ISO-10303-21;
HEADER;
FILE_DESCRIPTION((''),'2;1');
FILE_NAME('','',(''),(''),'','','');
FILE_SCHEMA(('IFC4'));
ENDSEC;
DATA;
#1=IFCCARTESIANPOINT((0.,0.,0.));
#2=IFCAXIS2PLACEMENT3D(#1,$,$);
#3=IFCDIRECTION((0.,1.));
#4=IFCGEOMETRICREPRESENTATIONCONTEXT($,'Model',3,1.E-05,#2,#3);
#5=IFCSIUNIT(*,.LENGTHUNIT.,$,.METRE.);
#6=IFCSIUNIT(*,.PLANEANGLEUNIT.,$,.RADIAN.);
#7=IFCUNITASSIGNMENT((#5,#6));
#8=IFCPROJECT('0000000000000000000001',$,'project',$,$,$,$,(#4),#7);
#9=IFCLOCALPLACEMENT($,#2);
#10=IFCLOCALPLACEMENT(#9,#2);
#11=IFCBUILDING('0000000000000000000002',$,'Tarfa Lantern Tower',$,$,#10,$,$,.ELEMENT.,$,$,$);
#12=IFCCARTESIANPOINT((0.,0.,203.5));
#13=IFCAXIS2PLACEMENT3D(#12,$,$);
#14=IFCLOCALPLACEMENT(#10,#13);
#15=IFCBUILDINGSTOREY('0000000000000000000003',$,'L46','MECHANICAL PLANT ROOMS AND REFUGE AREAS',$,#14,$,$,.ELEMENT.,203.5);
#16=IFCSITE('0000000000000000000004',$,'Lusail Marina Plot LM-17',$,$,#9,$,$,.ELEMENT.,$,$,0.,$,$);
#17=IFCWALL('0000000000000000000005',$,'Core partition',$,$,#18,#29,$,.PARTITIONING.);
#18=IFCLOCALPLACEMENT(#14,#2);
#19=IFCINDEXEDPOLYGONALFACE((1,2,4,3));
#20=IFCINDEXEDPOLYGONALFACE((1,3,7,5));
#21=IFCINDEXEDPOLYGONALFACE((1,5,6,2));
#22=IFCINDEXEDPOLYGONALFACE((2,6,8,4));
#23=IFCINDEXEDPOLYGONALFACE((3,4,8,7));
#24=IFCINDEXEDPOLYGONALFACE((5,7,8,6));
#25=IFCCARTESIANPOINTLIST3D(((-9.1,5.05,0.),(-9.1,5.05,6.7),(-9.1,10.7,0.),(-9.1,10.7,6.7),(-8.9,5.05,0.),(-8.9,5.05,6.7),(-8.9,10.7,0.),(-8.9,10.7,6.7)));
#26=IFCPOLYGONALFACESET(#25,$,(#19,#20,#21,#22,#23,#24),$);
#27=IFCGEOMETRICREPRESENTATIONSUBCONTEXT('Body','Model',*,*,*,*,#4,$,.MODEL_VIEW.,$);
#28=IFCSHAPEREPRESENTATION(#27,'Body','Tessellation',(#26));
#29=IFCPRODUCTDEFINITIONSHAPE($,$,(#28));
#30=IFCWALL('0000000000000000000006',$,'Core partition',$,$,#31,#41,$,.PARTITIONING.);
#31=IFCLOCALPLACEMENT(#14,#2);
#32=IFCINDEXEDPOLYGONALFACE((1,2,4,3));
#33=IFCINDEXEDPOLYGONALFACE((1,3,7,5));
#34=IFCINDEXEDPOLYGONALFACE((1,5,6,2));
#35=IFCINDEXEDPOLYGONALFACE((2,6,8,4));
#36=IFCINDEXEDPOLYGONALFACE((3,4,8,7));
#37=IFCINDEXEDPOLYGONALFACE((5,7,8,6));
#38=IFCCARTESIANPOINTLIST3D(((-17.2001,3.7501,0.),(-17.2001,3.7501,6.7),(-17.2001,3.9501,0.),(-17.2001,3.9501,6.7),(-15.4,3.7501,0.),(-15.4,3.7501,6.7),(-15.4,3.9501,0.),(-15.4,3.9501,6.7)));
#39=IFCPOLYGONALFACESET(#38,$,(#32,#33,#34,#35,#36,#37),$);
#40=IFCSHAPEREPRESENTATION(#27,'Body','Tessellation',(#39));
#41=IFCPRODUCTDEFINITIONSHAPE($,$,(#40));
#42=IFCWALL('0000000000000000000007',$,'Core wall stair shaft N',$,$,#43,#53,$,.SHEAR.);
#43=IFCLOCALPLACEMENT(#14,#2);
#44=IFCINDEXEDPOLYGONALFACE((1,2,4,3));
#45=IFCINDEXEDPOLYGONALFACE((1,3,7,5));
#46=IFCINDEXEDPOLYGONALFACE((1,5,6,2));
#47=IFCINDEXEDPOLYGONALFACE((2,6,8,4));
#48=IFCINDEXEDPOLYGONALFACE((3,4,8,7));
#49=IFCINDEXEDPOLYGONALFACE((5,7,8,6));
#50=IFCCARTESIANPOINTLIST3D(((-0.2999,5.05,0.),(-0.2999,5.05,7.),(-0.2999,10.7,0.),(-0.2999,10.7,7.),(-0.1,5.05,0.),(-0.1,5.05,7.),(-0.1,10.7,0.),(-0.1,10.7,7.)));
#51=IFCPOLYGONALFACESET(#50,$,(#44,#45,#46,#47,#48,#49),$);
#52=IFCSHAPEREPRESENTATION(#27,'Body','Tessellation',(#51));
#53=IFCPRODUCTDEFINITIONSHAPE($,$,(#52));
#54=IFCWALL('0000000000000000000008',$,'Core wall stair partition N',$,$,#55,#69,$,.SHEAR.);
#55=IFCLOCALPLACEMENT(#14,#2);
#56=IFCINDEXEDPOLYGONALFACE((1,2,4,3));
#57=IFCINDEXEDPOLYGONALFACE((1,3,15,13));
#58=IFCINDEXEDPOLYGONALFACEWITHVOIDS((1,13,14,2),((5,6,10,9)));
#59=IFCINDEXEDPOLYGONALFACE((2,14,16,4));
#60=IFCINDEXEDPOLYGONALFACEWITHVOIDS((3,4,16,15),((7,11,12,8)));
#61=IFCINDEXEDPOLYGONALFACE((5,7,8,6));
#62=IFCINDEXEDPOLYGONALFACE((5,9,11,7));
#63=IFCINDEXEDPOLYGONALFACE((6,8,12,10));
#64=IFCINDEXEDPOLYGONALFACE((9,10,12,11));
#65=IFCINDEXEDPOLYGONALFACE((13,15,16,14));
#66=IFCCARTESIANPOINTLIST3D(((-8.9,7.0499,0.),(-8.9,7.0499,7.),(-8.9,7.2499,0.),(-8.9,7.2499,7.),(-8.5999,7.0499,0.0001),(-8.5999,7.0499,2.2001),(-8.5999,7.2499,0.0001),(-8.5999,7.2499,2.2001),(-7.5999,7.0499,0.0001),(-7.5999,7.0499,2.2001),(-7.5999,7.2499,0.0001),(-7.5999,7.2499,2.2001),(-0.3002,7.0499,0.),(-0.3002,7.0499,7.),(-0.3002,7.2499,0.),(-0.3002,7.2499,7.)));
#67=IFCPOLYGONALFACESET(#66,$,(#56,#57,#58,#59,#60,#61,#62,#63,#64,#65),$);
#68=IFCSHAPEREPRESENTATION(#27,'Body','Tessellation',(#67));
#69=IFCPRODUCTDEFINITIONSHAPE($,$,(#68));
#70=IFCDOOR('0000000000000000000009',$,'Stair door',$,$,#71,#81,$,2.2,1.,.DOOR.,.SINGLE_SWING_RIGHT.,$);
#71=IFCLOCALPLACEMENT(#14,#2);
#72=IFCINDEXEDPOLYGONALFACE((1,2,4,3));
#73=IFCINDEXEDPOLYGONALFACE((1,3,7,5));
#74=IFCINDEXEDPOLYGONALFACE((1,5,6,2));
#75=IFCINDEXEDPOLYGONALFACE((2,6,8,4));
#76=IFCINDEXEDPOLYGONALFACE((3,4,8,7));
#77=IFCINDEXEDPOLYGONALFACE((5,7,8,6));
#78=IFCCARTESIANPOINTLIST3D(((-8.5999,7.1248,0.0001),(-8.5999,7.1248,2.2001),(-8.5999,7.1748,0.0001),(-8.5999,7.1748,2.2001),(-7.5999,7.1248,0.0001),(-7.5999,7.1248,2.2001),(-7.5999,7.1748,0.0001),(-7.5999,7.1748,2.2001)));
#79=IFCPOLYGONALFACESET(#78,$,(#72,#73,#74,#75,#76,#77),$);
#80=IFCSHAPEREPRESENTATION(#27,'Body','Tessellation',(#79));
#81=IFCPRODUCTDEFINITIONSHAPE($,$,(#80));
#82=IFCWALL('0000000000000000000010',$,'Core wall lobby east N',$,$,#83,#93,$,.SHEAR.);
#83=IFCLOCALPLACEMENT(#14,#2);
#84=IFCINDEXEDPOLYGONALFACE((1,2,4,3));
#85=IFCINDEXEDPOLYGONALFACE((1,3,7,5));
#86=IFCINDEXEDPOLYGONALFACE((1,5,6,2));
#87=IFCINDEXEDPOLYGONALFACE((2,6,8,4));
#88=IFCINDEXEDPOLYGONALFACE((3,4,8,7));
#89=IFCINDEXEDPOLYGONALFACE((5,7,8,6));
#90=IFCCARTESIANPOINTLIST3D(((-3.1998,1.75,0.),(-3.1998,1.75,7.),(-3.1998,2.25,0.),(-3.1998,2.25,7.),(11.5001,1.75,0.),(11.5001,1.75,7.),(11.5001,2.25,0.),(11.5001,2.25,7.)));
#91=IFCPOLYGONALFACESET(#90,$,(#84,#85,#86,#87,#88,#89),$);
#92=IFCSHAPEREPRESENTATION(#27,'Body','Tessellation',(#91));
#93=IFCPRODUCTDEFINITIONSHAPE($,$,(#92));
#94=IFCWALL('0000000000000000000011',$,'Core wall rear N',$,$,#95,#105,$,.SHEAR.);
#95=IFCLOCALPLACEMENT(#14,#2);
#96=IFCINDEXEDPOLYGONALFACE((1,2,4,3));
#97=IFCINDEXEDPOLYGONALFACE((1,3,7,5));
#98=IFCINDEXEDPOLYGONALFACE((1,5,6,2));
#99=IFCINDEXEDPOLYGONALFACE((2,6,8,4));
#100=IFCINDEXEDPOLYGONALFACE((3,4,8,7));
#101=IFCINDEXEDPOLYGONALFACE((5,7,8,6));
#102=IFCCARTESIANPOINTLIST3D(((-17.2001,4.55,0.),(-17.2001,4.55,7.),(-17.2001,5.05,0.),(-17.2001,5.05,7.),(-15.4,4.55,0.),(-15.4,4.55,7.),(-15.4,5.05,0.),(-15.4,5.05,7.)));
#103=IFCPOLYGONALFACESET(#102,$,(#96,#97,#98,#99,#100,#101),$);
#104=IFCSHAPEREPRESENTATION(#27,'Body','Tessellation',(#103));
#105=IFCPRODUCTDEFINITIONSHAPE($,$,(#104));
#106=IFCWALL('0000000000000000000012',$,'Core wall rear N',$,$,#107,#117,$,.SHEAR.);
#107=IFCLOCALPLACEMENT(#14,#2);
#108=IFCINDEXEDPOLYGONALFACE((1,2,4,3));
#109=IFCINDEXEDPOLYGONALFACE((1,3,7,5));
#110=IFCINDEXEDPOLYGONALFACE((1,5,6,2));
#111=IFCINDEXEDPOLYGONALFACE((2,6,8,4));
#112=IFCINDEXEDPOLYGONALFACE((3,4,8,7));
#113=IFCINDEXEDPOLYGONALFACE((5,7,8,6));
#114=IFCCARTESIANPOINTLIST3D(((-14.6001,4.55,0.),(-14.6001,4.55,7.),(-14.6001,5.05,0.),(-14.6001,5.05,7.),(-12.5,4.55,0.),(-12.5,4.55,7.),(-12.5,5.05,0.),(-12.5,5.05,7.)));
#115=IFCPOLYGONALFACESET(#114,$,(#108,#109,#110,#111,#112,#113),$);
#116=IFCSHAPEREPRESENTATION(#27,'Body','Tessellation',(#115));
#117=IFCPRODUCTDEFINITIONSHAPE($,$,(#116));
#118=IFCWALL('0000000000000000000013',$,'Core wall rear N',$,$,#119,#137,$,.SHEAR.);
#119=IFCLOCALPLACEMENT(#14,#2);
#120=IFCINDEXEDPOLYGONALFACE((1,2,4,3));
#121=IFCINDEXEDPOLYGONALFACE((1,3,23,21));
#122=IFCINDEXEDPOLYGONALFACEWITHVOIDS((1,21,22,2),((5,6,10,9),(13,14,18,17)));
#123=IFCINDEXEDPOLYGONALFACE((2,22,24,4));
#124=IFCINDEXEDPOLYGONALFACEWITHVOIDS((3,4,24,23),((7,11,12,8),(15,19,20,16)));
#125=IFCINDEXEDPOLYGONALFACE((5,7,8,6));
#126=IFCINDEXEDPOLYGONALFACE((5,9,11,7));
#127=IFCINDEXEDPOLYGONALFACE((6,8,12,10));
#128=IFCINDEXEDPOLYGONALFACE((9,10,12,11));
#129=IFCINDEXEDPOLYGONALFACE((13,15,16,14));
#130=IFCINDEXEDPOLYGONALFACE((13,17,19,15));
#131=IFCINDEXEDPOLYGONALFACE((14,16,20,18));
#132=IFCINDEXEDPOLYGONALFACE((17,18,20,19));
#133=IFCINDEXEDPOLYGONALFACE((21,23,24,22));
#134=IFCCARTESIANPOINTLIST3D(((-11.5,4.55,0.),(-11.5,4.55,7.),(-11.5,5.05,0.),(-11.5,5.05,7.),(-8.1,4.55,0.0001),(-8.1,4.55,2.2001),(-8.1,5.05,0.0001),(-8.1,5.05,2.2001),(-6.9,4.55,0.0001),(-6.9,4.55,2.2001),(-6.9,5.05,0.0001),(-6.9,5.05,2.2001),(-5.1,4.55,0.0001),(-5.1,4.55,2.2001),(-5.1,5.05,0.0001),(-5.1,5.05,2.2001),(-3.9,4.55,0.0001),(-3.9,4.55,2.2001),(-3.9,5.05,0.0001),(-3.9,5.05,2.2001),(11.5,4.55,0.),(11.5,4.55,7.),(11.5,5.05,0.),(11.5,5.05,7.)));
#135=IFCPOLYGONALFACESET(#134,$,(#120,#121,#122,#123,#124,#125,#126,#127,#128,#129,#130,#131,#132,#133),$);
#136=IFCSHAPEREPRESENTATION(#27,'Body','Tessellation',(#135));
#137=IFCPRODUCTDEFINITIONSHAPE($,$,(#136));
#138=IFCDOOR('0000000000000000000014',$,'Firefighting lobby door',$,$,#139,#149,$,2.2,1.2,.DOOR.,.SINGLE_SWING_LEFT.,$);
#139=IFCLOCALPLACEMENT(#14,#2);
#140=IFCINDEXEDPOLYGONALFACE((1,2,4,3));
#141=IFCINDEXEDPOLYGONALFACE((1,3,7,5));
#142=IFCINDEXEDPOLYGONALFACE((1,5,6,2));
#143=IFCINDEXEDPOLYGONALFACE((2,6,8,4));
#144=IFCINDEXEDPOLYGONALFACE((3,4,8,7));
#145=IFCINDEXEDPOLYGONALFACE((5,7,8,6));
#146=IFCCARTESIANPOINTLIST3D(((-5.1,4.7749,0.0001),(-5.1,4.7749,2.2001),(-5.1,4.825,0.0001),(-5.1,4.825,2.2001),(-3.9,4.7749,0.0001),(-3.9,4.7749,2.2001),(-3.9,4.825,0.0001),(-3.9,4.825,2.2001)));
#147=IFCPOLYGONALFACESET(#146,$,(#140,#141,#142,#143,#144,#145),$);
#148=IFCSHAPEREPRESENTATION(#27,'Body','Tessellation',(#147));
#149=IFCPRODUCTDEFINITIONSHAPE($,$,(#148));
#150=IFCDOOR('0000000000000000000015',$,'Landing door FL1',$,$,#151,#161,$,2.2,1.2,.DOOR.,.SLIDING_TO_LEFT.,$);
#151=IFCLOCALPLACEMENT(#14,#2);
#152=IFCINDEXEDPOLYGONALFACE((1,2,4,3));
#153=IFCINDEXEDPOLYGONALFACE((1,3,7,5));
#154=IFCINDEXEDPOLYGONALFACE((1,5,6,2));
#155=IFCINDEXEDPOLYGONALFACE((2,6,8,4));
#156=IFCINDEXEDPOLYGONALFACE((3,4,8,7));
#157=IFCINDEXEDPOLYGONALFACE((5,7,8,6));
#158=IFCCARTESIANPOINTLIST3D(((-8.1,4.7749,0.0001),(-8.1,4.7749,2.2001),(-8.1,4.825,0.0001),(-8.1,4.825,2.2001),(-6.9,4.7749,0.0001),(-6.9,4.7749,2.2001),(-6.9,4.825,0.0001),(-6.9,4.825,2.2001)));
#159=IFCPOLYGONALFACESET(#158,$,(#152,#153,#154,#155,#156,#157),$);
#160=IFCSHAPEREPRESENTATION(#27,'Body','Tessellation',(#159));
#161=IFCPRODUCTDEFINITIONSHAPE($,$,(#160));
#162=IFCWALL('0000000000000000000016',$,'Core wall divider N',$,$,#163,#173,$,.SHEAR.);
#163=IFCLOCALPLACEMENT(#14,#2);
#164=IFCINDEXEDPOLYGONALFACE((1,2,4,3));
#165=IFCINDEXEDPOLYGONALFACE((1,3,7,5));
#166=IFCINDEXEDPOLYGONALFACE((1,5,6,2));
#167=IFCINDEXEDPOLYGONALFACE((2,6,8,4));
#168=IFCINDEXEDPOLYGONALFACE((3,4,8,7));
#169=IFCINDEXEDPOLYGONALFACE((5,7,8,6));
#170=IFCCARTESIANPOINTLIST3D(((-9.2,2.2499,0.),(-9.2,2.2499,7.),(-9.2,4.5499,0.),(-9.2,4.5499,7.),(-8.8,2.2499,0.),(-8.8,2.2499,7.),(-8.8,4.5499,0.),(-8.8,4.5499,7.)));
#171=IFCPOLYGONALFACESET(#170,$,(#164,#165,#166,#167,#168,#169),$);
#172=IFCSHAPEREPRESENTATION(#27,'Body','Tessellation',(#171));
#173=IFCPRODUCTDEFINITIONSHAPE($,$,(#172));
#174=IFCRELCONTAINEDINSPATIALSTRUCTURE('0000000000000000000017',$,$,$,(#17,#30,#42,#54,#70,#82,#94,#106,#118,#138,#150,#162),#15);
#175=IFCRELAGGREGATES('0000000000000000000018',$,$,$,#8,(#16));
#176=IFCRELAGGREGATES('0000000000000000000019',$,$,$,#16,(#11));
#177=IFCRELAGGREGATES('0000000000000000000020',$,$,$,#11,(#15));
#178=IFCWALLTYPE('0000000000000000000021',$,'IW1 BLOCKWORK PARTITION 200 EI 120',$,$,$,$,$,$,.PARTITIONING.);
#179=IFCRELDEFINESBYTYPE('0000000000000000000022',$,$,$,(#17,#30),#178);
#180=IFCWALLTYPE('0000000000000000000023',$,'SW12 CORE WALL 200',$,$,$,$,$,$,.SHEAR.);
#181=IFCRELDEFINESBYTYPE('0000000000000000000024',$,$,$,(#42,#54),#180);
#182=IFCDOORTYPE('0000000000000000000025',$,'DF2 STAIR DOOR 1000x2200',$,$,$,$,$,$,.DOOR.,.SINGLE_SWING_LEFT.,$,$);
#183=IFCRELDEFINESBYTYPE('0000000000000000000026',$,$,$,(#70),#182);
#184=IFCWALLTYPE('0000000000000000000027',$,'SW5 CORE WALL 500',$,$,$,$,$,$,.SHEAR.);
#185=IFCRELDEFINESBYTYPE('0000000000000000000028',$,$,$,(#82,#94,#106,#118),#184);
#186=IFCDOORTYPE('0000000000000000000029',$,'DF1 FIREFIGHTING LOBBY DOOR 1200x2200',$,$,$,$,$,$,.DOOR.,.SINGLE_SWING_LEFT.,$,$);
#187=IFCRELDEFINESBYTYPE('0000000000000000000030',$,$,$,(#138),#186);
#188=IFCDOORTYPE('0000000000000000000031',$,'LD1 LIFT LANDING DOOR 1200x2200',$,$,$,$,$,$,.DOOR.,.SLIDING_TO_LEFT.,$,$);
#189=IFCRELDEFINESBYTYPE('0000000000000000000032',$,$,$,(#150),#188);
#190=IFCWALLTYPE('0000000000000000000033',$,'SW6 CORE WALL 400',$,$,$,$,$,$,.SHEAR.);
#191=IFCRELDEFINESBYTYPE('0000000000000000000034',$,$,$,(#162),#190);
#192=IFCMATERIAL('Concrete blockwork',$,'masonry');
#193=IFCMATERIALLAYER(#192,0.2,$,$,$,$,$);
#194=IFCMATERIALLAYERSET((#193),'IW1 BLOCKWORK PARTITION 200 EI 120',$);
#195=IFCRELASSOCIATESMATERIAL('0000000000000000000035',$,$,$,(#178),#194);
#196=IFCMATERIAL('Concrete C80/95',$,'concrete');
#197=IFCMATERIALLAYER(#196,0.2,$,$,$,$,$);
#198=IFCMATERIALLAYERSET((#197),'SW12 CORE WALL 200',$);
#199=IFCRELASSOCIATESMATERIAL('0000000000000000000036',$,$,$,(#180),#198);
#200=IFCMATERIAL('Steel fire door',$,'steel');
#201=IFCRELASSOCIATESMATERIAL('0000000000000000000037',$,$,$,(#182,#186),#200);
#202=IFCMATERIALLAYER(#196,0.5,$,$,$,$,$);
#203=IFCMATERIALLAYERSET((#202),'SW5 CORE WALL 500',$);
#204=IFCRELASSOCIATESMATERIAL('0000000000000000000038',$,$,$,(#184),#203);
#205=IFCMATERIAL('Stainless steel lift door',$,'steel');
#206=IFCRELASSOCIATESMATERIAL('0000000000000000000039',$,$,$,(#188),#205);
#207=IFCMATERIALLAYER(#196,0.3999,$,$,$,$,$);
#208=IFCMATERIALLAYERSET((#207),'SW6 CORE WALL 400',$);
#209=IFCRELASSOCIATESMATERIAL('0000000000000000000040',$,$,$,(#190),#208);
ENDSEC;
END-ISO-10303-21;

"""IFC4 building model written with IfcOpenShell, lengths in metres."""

from ifc_helpers import new_model, si_unit, direction, frame, frame_2d, origin, place, context, subcontext, project, spatial, rectangle, extrude, material, layer, layer_set, type_object, element, fill, save


model = new_model("IFC4")

# Units and contexts
model_context = context("Model", 3, precision=1e-05, world=origin(), true_north=direction((0.0, 1.0)))
body_context = subcontext(model_context, "Body", "Model", "MODEL_VIEW")
ifc_project = project(units=[si_unit("LENGTHUNIT", "METRE"), si_unit("PLANEANGLEUNIT", "RADIAN")], contexts=[model_context])

# Site, building, storey
site_placement = place(None, origin())
site = spatial("IfcSite", under=ifc_project, at=site_placement, Name="Lusail Marina Plot LM-17", CompositionType="ELEMENT", RefElevation=0.0)
building_placement = place(site_placement, origin())
building = spatial("IfcBuilding", under=site, at=building_placement, Name="Tarfa Lantern Tower", CompositionType="ELEMENT")
storey_placement = place(building_placement, frame((0.0, 0.0, 203.5)))
storey = spatial("IfcBuildingStorey", under=building, at=storey_placement, Name="L46", Description="MECHANICAL PLANT ROOMS AND REFUGE AREAS", CompositionType="ELEMENT", Elevation=203.5)

# Walls
ifc_material_1 = material(Name="Concrete blockwork", Category="masonry")
ifc_layer_1 = layer(ifc_material_1, 0.2)
ifc_layer_set_1 = layer_set([ifc_layer_1], Name="IW1 BLOCKWORK PARTITION 200 EI 120")
wall_type_1 = type_object("IfcWallType", Name="IW1 BLOCKWORK PARTITION 200 EI 120", PredefinedType="PARTITIONING", material=ifc_layer_set_1)
wall_1_placement = place(storey_placement, frame((-9.0, 5.05, 0.0), z_axis=(0.0, 0.0, 1.0), x_axis=(0.0, 1.0, 0.0)))
element("IfcWall", 1, at=wall_1_placement, inside=storey, type_object=wall_type_1, Name="Core partition", PredefinedType="PARTITIONING", context=body_context, shape_type="SweptSolid", body=[
    extrude(rectangle(XDim=5.6499, YDim=0.2, at=frame_2d((2.825, 0.0))), origin(), (0.0, 0.0, 1.0), 6.7),
])
wall_2_placement = place(storey_placement, frame((-17.2, 3.8501, 0.0), z_axis=(0.0, 0.0, 1.0), x_axis=(1.0, 0.0, 0.0)))
element("IfcWall", 2, at=wall_2_placement, inside=storey, type_object=wall_type_1, Name="Core partition", PredefinedType="PARTITIONING", context=body_context, shape_type="SweptSolid", body=[
    extrude(rectangle(XDim=1.8, YDim=0.2, at=frame_2d((0.8999, 0.0))), origin(), (0.0, 0.0, 1.0), 6.7),
])
ifc_material_2 = material(Name="Concrete C80/95", Category="concrete")
ifc_layer_2 = layer(ifc_material_2, 0.2)
ifc_layer_set_2 = layer_set([ifc_layer_2], Name="SW12 CORE WALL 200")
wall_type_2 = type_object("IfcWallType", Name="SW12 CORE WALL 200", PredefinedType="SHEAR", material=ifc_layer_set_2)
wall_3_placement = place(storey_placement, frame((-0.2, 5.05, 0.0), z_axis=(0.0, 0.0, 1.0), x_axis=(0.0, 1.0, 0.0)))
element("IfcWall", 3, at=wall_3_placement, inside=storey, type_object=wall_type_2, Name="Core wall stair shaft N", PredefinedType="SHEAR", context=body_context, shape_type="SweptSolid", body=[
    extrude(rectangle(XDim=5.6499, YDim=0.2, at=frame_2d((2.825, 0.0))), origin(), (0.0, 0.0, 1.0), 7.0),
])

# Wall, opening, door
wall_4_placement = place(storey_placement, frame((-8.8999, 7.1499, 0.0), z_axis=(0.0, 0.0, 1.0), x_axis=(1.0, 0.0, 0.0)))
wall_4 = element("IfcWall", 4, at=wall_4_placement, inside=storey, type_object=wall_type_2, Name="Core wall stair partition N", PredefinedType="SHEAR", context=body_context, shape_type="SweptSolid", body=[
    extrude(rectangle(XDim=8.5999, YDim=0.2, at=frame_2d((4.2998, 0.0))), origin(), (0.0, 0.0, 1.0), 7.0),
])
opening_1_placement = place(wall_4_placement, frame((0.3, 0.0, 0.0)))
opening_1 = element("IfcOpeningElement", 5, at=opening_1_placement, cuts=wall_4, PredefinedType="OPENING", context=body_context, shape_type="SweptSolid", body=[
    extrude(rectangle(XDim=1.0, YDim=2.2, at=frame_2d((0.5, 1.1001))), frame((0.0, 0.1099, 0.0), z_axis=(0.0, -1.0, 0.0), x_axis=(1.0, 0.0, 0.0)), (0.0, 0.0, 1.0), 0.22),
])
ifc_material_3 = material(Name="Steel fire door", Category="steel")
door_type_1 = type_object("IfcDoorType", Name="DF2 STAIR DOOR 1000x2200", OperationType="SINGLE_SWING_LEFT", PredefinedType="DOOR", material=ifc_material_3)
door_1_placement = place(opening_1_placement, origin())
door_1 = element("IfcDoor", 6, at=door_1_placement, inside=storey, type_object=door_type_1, Name="Stair door", OperationType="SINGLE_SWING_RIGHT", OverallHeight=2.2, OverallWidth=1.0, PredefinedType="DOOR", context=body_context, shape_type="SweptSolid", body=[
    extrude(rectangle(XDim=1.0, YDim=2.2, at=frame_2d((0.5, 1.1001))), frame((0.0, 0.0249, 0.0), z_axis=(0.0, -1.0, 0.0), x_axis=(1.0, 0.0, 0.0)), (0.0, 0.0, 1.0), 0.05),
])
fill(opening_1, door_1)

# Walls
ifc_layer_3 = layer(ifc_material_2, 0.5)
ifc_layer_set_3 = layer_set([ifc_layer_3], Name="SW5 CORE WALL 500")
wall_type_3 = type_object("IfcWallType", Name="SW5 CORE WALL 500", PredefinedType="SHEAR", material=ifc_layer_set_3)
wall_5_placement = place(storey_placement, frame((-3.2, 2.0, 0.0), z_axis=(0.0, 0.0, 1.0), x_axis=(1.0, 0.0, 0.0)))
element("IfcWall", 7, at=wall_5_placement, inside=storey, type_object=wall_type_3, Name="Core wall lobby east N", PredefinedType="SHEAR", context=body_context, shape_type="SweptSolid", body=[
    extrude(rectangle(XDim=14.7, YDim=0.5, at=frame_2d((7.3501, 0.0))), origin(), (0.0, 0.0, 1.0), 7.0),
])
wall_6_placement = place(storey_placement, frame((-17.2, 4.8, 0.0), z_axis=(0.0, 0.0, 1.0), x_axis=(1.0, 0.0, 0.0)))
element("IfcWall", 8, at=wall_6_placement, inside=storey, type_object=wall_type_3, Name="Core wall rear N", PredefinedType="SHEAR", context=body_context, shape_type="SweptSolid", body=[
    extrude(rectangle(XDim=1.8, YDim=0.5, at=frame_2d((0.8999, 0.0))), origin(), (0.0, 0.0, 1.0), 7.0),
])
wall_7_placement = place(storey_placement, frame((-14.6001, 4.8, 0.0), z_axis=(0.0, 0.0, 1.0), x_axis=(1.0, 0.0, 0.0)))
element("IfcWall", 9, at=wall_7_placement, inside=storey, type_object=wall_type_3, Name="Core wall rear N", PredefinedType="SHEAR", context=body_context, shape_type="SweptSolid", body=[
    extrude(rectangle(XDim=2.1001, YDim=0.5, at=frame_2d((1.05, 0.0))), origin(), (0.0, 0.0, 1.0), 7.0),
])

# Wall, openings, doors
wall_8_placement = place(storey_placement, frame((-11.5, 4.8, 0.0), z_axis=(0.0, 0.0, 1.0), x_axis=(1.0, 0.0, 0.0)))
wall_8 = element("IfcWall", 10, at=wall_8_placement, inside=storey, type_object=wall_type_3, Name="Core wall rear N", PredefinedType="SHEAR", context=body_context, shape_type="SweptSolid", body=[
    extrude(rectangle(XDim=23.0, YDim=0.5, at=frame_2d((11.5, 0.0))), origin(), (0.0, 0.0, 1.0), 7.0),
])
opening_2_placement = place(wall_8_placement, frame((6.3999, 0.0, 0.0)))
opening_2 = element("IfcOpeningElement", 11, at=opening_2_placement, cuts=wall_8, PredefinedType="OPENING", context=body_context, shape_type="SweptSolid", body=[
    extrude(rectangle(XDim=1.2, YDim=2.2, at=frame_2d((0.6001, 1.1001))), frame((0.0, 0.26, 0.0), z_axis=(0.0, -1.0, 0.0), x_axis=(1.0, 0.0, 0.0)), (0.0, 0.0, 1.0), 0.52),
])
opening_3_placement = place(wall_8_placement, frame((3.3999, 0.0, 0.0)))
opening_3 = element("IfcOpeningElement", 12, at=opening_3_placement, cuts=wall_8, PredefinedType="OPENING", context=body_context, shape_type="SweptSolid", body=[
    extrude(rectangle(XDim=1.2, YDim=2.2, at=frame_2d((0.6001, 1.1001))), frame((0.0, 0.26, 0.0), z_axis=(0.0, -1.0, 0.0), x_axis=(1.0, 0.0, 0.0)), (0.0, 0.0, 1.0), 0.52),
])
door_type_2 = type_object("IfcDoorType", Name="DF1 FIREFIGHTING LOBBY DOOR 1200x2200", OperationType="SINGLE_SWING_LEFT", PredefinedType="DOOR", material=ifc_material_3)
door_2_placement = place(opening_2_placement, origin())
door_2 = element("IfcDoor", 13, at=door_2_placement, inside=storey, type_object=door_type_2, Name="Firefighting lobby door", OperationType="SINGLE_SWING_LEFT", OverallHeight=2.2, OverallWidth=1.2, PredefinedType="DOOR", context=body_context, shape_type="SweptSolid", body=[
    extrude(rectangle(XDim=1.2, YDim=2.2, at=frame_2d((0.6001, 1.1001))), frame((0.0, 0.0249, 0.0), z_axis=(0.0, -1.0, 0.0), x_axis=(1.0, 0.0, 0.0)), (0.0, 0.0, 1.0), 0.05),
])
fill(opening_2, door_2)
ifc_material_4 = material(Name="Stainless steel lift door", Category="steel")
door_type_3 = type_object("IfcDoorType", Name="LD1 LIFT LANDING DOOR 1200x2200", OperationType="SLIDING_TO_LEFT", PredefinedType="DOOR", material=ifc_material_4)
door_3_placement = place(opening_3_placement, origin())
door_3 = element("IfcDoor", 14, at=door_3_placement, inside=storey, type_object=door_type_3, Name="Landing door FL1", OperationType="SLIDING_TO_LEFT", OverallHeight=2.2, OverallWidth=1.2, PredefinedType="DOOR", context=body_context, shape_type="SweptSolid", body=[
    extrude(rectangle(XDim=1.2, YDim=2.2, at=frame_2d((0.6001, 1.1001))), frame((0.0, 0.0249, 0.0), z_axis=(0.0, -1.0, 0.0), x_axis=(1.0, 0.0, 0.0)), (0.0, 0.0, 1.0), 0.05),
])
fill(opening_3, door_3)

# Wall
ifc_layer_4 = layer(ifc_material_2, 0.3999)
ifc_layer_set_4 = layer_set([ifc_layer_4], Name="SW6 CORE WALL 400")
wall_type_4 = type_object("IfcWallType", Name="SW6 CORE WALL 400", PredefinedType="SHEAR", material=ifc_layer_set_4)
for number, where, z_axis, x_axis, name in (
    (15, (-9.0, 2.25, 0.0), (0.0, 0.0, 1.0), (0.0, 1.0, 0.0), "Core wall divider N"),
):
    element("IfcWall", number, at=place(storey_placement, frame(where, z_axis=z_axis, x_axis=x_axis)), inside=storey, type_object=wall_type_4, Name=name, PredefinedType="SHEAR", context=body_context, shape_type="SweptSolid", body=[
        extrude(rectangle(XDim=2.3, YDim=0.3999, at=frame_2d((1.1499, 0.0))), origin(), (0.0, 0.0, 1.0), 7.0),
    ])

save(model, "model.ifc")
